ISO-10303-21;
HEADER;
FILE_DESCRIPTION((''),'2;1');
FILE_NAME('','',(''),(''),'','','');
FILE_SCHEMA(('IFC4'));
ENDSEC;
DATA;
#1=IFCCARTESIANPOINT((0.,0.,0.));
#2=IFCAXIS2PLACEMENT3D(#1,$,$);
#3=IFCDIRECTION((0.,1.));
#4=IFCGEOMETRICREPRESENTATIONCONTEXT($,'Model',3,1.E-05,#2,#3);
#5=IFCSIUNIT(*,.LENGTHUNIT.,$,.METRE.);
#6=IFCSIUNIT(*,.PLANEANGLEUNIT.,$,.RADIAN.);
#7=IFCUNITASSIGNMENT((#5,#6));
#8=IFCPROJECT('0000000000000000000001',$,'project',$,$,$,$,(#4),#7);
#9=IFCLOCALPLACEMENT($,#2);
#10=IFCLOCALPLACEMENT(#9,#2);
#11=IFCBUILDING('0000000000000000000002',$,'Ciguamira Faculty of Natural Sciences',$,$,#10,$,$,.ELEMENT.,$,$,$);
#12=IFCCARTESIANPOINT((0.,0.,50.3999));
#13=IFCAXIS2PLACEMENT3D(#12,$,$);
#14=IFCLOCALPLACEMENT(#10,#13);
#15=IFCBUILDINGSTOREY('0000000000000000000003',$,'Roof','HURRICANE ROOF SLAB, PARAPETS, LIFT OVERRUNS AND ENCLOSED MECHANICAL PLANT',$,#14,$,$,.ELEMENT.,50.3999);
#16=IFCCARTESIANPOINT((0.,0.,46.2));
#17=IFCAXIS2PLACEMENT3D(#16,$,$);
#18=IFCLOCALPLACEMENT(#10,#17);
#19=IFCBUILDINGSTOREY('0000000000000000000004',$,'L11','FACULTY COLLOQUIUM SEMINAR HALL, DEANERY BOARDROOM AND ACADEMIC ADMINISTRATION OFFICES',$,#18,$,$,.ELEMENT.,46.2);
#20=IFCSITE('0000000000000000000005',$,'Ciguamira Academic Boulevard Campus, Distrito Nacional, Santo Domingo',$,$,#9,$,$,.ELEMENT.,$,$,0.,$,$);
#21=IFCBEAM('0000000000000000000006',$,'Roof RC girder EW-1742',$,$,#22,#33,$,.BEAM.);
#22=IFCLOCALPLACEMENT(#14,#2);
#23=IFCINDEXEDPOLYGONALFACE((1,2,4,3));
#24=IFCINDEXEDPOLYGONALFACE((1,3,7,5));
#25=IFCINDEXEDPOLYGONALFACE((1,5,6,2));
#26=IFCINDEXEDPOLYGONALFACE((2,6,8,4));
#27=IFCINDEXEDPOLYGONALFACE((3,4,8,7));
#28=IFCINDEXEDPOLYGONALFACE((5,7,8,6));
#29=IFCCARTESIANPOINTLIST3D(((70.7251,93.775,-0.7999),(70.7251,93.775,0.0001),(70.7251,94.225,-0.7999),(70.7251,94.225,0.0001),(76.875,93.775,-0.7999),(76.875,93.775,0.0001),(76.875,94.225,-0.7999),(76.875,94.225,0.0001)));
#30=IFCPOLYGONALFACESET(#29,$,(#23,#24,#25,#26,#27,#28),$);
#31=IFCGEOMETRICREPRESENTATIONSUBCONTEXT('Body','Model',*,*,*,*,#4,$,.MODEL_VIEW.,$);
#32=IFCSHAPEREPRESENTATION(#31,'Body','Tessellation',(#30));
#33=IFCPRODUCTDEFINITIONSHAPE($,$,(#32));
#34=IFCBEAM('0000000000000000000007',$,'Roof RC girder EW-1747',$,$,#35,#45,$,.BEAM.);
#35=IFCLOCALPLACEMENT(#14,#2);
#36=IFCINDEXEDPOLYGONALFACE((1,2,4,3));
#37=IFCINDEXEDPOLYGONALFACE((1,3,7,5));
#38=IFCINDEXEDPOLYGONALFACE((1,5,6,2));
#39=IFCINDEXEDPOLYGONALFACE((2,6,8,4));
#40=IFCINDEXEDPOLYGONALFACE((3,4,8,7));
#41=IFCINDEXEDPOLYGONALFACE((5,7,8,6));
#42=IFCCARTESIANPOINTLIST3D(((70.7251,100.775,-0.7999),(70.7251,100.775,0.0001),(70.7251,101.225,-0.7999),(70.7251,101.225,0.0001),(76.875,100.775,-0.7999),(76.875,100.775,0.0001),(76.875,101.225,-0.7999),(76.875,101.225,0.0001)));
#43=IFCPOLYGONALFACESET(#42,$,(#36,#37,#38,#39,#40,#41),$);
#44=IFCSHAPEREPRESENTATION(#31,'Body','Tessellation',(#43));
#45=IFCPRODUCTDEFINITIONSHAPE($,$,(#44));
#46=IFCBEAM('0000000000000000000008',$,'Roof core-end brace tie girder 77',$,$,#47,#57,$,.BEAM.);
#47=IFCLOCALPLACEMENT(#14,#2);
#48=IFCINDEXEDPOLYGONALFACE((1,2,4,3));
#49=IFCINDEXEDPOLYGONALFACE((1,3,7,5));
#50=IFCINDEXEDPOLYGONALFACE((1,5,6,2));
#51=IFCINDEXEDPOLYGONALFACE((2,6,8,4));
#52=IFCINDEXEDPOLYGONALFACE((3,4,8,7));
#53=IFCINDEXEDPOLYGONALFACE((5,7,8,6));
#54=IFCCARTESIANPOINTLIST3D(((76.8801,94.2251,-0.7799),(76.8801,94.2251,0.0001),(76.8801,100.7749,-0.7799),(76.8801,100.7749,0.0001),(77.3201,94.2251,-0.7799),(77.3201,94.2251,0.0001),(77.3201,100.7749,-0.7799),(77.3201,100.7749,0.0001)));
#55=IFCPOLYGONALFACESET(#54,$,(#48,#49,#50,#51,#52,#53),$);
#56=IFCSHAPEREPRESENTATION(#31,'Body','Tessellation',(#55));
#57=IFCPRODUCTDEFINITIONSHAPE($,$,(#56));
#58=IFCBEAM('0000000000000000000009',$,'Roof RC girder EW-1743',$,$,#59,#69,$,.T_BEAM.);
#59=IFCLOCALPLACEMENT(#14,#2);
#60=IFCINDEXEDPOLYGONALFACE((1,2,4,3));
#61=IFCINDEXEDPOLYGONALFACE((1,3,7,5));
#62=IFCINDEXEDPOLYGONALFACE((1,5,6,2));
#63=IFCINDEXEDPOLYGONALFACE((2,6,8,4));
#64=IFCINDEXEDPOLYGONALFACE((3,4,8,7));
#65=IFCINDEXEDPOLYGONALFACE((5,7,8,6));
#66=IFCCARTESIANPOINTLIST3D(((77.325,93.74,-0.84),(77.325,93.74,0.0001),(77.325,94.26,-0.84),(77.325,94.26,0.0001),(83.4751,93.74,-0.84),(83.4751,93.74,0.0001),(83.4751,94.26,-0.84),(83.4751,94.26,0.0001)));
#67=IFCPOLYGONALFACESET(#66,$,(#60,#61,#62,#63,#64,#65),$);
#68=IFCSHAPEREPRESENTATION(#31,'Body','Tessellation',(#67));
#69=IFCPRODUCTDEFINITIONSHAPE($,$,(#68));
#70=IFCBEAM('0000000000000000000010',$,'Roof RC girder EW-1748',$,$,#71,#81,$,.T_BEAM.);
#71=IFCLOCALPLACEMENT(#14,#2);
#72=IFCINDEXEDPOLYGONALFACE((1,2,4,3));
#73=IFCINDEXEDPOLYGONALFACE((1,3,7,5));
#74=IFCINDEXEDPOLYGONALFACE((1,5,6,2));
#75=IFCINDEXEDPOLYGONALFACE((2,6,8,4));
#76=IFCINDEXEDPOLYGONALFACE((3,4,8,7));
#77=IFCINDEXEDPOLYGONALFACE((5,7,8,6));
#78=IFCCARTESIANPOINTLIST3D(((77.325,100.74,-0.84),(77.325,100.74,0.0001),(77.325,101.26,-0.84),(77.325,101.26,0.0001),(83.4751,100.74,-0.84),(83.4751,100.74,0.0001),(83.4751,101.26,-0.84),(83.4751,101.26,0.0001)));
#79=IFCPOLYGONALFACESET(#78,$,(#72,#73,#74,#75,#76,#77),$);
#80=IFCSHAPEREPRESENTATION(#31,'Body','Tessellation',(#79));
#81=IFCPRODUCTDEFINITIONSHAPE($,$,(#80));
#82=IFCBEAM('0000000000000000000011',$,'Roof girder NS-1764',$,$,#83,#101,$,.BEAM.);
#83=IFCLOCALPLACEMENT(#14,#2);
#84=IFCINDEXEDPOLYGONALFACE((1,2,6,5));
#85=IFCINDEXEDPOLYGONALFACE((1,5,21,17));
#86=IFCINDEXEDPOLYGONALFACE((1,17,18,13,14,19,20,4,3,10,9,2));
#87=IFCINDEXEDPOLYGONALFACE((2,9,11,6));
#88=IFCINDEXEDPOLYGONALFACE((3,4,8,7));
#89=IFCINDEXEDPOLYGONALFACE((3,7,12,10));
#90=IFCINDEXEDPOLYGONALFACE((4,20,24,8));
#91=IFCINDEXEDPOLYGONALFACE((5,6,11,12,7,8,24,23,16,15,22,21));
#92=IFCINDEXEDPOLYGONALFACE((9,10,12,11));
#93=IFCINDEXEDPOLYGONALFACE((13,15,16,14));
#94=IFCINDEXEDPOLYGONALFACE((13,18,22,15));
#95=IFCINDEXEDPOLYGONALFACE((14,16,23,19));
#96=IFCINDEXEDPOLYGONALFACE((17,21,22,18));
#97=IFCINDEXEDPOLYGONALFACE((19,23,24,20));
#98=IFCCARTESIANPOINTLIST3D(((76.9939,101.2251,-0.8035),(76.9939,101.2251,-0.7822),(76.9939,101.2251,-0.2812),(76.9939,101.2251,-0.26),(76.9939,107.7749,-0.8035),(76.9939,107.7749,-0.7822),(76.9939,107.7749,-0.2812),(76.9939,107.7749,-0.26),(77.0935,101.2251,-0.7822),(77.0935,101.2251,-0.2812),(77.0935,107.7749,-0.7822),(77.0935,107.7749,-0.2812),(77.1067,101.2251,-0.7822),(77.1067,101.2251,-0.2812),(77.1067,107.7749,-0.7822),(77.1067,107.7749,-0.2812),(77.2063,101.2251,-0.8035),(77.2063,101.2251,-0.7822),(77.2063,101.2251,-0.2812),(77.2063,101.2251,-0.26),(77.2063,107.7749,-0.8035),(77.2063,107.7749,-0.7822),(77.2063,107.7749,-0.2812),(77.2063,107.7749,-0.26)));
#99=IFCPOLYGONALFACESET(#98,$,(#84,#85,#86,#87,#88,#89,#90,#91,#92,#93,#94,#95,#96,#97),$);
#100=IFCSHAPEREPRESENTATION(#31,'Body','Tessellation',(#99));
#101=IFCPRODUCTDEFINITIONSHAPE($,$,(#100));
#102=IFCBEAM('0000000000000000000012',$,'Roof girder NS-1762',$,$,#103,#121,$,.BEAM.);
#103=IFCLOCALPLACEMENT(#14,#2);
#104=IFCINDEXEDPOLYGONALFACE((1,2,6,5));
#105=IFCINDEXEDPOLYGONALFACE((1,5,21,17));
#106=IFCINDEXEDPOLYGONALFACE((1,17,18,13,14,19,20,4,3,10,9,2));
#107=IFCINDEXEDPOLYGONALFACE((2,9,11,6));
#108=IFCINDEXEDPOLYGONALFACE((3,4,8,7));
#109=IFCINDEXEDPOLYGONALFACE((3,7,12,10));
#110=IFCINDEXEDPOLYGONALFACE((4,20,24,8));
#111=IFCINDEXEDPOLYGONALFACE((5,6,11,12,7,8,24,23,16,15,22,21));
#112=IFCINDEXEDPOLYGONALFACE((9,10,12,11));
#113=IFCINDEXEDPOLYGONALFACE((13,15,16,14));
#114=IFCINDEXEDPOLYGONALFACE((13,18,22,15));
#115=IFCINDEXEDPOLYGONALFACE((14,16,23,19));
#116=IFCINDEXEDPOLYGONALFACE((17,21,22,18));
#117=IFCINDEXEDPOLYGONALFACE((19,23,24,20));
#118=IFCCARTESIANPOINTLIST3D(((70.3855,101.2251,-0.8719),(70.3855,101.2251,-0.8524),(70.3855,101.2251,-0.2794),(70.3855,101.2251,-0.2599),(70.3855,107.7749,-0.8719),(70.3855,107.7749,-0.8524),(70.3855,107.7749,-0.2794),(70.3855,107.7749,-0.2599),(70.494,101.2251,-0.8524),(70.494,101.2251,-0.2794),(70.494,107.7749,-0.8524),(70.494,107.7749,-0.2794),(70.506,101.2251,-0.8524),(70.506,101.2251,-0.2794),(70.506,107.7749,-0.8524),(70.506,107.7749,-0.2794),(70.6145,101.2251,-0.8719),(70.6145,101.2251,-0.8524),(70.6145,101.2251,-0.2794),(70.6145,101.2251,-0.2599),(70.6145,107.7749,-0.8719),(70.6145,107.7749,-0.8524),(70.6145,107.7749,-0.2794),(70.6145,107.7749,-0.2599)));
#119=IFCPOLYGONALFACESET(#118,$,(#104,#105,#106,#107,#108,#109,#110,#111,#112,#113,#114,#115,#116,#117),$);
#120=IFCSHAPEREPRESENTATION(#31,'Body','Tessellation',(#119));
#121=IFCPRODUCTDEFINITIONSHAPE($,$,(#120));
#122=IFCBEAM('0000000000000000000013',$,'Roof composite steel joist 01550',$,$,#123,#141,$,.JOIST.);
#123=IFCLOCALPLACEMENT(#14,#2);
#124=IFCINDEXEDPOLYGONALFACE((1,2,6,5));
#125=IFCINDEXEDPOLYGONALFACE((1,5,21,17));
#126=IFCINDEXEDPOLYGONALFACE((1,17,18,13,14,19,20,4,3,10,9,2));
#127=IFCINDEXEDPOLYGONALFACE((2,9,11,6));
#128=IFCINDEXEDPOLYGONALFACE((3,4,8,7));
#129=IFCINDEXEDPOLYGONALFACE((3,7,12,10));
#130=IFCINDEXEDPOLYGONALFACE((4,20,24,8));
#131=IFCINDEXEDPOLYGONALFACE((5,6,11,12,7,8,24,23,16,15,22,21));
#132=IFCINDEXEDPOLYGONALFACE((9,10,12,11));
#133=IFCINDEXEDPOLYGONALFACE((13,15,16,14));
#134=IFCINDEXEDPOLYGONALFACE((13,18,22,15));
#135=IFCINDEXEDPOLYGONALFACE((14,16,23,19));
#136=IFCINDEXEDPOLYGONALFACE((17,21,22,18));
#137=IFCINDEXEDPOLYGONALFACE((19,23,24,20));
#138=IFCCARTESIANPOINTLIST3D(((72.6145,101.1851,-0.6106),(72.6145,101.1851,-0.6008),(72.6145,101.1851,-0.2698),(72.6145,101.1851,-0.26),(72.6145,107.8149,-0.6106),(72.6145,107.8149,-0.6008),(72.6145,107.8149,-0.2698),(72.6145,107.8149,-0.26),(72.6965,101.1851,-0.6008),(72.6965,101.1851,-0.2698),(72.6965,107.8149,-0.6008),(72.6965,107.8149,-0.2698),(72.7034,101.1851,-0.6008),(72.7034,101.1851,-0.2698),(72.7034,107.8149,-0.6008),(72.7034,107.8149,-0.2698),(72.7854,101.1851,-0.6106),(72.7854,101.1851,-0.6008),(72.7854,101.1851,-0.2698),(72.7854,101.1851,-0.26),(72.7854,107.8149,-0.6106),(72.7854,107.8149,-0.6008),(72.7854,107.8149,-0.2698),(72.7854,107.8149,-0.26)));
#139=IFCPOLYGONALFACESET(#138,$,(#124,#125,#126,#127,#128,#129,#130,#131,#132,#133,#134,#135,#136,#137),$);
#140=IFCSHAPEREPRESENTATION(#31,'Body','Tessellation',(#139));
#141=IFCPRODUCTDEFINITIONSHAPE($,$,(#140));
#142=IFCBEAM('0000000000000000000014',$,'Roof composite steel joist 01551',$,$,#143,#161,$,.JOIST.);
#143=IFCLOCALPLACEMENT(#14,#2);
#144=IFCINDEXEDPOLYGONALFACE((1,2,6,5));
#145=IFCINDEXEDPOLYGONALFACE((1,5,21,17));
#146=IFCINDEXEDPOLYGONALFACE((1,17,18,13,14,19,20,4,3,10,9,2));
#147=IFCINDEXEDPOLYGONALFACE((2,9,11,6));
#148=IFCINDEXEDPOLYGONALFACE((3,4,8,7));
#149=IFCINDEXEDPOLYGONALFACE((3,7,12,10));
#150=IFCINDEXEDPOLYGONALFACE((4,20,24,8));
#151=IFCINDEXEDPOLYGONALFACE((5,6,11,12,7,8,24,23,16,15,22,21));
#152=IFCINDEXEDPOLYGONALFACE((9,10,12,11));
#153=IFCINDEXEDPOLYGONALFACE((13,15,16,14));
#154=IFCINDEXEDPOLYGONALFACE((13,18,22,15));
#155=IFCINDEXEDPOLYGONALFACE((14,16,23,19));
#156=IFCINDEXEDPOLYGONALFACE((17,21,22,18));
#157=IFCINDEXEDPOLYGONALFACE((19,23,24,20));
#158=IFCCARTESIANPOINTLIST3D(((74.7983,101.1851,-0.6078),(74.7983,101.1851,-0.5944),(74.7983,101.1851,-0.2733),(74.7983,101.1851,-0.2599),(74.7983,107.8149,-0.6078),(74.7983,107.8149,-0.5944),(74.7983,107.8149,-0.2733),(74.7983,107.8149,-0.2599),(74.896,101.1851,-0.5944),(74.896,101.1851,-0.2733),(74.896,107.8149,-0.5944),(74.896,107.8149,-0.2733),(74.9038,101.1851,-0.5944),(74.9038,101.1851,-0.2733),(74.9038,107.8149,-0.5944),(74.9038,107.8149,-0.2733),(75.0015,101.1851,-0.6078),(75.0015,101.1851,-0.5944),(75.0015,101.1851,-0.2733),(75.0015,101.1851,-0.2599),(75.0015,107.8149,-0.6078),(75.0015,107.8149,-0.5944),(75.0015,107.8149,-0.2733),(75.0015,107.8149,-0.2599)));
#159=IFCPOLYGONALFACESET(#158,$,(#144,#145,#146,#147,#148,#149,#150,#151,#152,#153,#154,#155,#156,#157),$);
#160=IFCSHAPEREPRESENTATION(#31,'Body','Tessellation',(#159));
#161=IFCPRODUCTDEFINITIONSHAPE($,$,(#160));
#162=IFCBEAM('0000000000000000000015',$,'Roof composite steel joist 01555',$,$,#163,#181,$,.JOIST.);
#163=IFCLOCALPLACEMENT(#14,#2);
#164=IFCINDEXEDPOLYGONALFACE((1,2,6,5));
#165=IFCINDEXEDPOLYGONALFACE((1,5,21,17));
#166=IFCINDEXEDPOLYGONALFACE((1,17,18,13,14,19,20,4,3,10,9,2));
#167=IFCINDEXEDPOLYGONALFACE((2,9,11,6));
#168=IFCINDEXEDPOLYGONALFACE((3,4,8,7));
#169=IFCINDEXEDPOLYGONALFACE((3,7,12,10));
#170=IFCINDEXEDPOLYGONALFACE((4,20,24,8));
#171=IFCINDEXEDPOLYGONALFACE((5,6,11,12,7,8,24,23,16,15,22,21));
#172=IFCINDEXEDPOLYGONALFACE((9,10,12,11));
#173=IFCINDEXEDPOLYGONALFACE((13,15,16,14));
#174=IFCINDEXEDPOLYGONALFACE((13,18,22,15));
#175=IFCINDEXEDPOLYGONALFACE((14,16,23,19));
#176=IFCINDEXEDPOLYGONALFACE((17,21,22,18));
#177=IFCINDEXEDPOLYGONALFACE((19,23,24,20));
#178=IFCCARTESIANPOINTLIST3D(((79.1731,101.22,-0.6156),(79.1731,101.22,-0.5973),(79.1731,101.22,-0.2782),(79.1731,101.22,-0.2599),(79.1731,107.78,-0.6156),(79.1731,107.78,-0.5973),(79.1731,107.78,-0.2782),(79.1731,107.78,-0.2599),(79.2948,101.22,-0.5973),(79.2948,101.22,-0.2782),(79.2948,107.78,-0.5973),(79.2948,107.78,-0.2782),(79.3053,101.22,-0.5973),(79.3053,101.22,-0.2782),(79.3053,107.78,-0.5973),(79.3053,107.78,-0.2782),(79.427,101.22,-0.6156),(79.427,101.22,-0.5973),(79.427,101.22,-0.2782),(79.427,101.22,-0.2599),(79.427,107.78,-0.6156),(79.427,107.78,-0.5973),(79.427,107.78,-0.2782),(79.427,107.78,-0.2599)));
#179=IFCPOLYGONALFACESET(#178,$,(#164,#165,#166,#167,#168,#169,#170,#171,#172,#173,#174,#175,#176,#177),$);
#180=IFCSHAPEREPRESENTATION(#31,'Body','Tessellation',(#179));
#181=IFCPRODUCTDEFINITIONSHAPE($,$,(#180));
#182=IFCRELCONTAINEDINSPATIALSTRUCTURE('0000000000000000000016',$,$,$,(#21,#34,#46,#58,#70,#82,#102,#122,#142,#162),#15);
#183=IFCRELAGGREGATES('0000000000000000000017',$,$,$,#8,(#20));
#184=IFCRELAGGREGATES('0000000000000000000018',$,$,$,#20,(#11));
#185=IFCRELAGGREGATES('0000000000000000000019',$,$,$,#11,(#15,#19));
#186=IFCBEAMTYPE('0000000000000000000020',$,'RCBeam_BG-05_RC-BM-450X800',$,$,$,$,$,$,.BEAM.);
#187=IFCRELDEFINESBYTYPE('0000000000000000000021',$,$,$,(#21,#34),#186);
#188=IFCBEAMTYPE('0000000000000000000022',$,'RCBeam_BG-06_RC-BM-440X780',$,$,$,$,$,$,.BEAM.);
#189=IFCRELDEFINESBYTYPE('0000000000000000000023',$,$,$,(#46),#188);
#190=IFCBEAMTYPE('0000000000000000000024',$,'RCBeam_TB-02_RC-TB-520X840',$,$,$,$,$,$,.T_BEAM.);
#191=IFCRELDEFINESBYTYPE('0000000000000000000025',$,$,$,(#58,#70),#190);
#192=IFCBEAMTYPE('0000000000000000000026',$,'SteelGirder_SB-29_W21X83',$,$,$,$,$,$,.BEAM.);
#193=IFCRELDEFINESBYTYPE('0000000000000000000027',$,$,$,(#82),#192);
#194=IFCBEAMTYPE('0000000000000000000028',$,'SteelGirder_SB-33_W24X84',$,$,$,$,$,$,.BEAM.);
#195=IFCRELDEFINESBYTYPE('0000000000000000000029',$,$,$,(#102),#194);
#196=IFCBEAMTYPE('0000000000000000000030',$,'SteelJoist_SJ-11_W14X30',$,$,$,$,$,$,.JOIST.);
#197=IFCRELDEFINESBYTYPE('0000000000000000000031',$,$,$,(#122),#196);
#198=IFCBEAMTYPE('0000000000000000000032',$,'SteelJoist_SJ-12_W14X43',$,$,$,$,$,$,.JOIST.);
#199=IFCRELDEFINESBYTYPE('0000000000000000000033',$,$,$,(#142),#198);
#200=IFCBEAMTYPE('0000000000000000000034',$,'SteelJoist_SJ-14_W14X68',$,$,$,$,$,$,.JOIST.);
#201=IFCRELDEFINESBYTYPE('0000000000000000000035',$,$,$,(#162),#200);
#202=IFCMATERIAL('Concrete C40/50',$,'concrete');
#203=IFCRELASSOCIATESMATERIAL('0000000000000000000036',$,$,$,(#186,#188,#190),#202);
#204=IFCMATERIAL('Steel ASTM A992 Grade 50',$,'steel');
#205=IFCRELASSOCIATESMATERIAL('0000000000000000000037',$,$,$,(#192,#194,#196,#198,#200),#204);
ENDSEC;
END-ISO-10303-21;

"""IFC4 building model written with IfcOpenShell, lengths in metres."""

from ifc_helpers import new_model, si_unit, direction, frame, origin, origin_2d, place, context, subcontext, project, spatial, rectangle, i_section, extrude, material, material_profile, profile_set, type_object, element, save


model = new_model("IFC4")

# Units and contexts
model_context = context("Model", 3, precision=1e-05, world=origin(), true_north=direction((0.0, 1.0)))
body_context = subcontext(model_context, "Body", "Model", "MODEL_VIEW")
ifc_project = project(units=[si_unit("LENGTHUNIT", "METRE"), si_unit("PLANEANGLEUNIT", "RADIAN")], contexts=[model_context])

# Site, building, storey
site_placement = place(None, origin())
site = spatial("IfcSite", under=ifc_project, at=site_placement, Name="Ciguamira Academic Boulevard Campus, Distrito Nacional, Santo Domingo", CompositionType="ELEMENT", RefElevation=0.0)
building_placement = place(site_placement, origin())
building = spatial("IfcBuilding", under=site, at=building_placement, Name="Ciguamira Faculty of Natural Sciences", CompositionType="ELEMENT")
storey_1_placement = place(building_placement, frame((0.0, 0.0, 50.3999)))
storey_1 = spatial("IfcBuildingStorey", under=building, at=storey_1_placement, Name="Roof", Description="HURRICANE ROOF SLAB, PARAPETS, LIFT OVERRUNS AND ENCLOSED MECHANICAL PLANT", CompositionType="ELEMENT", Elevation=50.3999)

# Beams
ifc_material_1 = material(Name="Concrete C40/50", Category="concrete")
ifc_material_profile_1 = material_profile(ifc_material_1, rectangle(XDim=0.45, YDim=0.8, at=origin_2d()), Name="RC-BM-450X800")
ifc_profile_set_1 = profile_set([ifc_material_profile_1], Name="Concrete C40/50")
beam_type_1 = type_object("IfcBeamType", Name="RCBeam_BG-05_RC-BM-450X800", PredefinedType="BEAM", material=ifc_profile_set_1)
for number, where, z_axis, x_axis, name in (
    (1, (70.7251, 94.0, -0.3999), (1.0, 0.0, 0.0), (0.0, 1.0, 0.0), "Roof RC girder EW-1742"),
    (2, (70.7251, 101.0, -0.3999), (1.0, 0.0, 0.0), (0.0, 1.0, 0.0), "Roof RC girder EW-1747"),
):
    element("IfcBeam", number, at=place(storey_1_placement, frame(where, z_axis=z_axis, x_axis=x_axis)), inside=storey_1, type_object=beam_type_1, Name=name, PredefinedType="BEAM", context=body_context, shape_type="SweptSolid", body=[
        extrude(rectangle(XDim=0.45, YDim=0.8, at=origin_2d()), origin(), (0.0, 0.0, 1.0), 6.1499),
    ])
ifc_material_profile_2 = material_profile(ifc_material_1, rectangle(XDim=0.4399, YDim=0.78, at=origin_2d()), Name="RC-BM-440X780")
ifc_profile_set_2 = profile_set([ifc_material_profile_2], Name="Concrete C40/50")
beam_type_2 = type_object("IfcBeamType", Name="RCBeam_BG-06_RC-BM-440X780", PredefinedType="BEAM", material=ifc_profile_set_2)
beam_1_placement = place(storey_1_placement, frame((77.1001, 94.2251, -0.3899), z_axis=(0.0, 1.0, 0.0), x_axis=(-1.0, 0.0, 0.0)))
element("IfcBeam", 3, at=beam_1_placement, inside=storey_1, type_object=beam_type_2, Name="Roof core-end brace tie girder 77", PredefinedType="BEAM", context=body_context, shape_type="SweptSolid", body=[
    extrude(rectangle(XDim=0.4399, YDim=0.78, at=origin_2d()), origin(), (0.0, 0.0, 1.0), 6.5498),
])
ifc_material_profile_3 = material_profile(ifc_material_1, rectangle(XDim=0.52, YDim=0.8401, at=origin_2d()), Name="RC-TB-520X840")
ifc_profile_set_3 = profile_set([ifc_material_profile_3], Name="Concrete C40/50")
beam_type_3 = type_object("IfcBeamType", Name="RCBeam_TB-02_RC-TB-520X840", PredefinedType="T_BEAM", material=ifc_profile_set_3)
for number, where, z_axis, x_axis, name in (
    (4, (77.325, 94.0, -0.4199), (1.0, 0.0, 0.0), (0.0, 1.0, 0.0), "Roof RC girder EW-1743"),
    (5, (77.325, 101.0, -0.4199), (1.0, 0.0, 0.0), (0.0, 1.0, 0.0), "Roof RC girder EW-1748"),
):
    element("IfcBeam", number, at=place(storey_1_placement, frame(where, z_axis=z_axis, x_axis=x_axis)), inside=storey_1, type_object=beam_type_3, Name=name, PredefinedType="T_BEAM", context=body_context, shape_type="SweptSolid", body=[
        extrude(rectangle(XDim=0.52, YDim=0.8401, at=origin_2d()), origin(), (0.0, 0.0, 1.0), 6.1501),
    ])
ifc_material_2 = material(Name="Steel ASTM A992 Grade 50", Category="steel")
ifc_material_profile_4 = material_profile(ifc_material_2, i_section(OverallWidth=0.2124, OverallDepth=0.5435, WebThickness=0.0132, FlangeThickness=0.0212, at=origin_2d()), Name="W21X83")
ifc_profile_set_4 = profile_set([ifc_material_profile_4], Name="Steel ASTM A992 Grade 50")
beam_type_4 = type_object("IfcBeamType", Name="SteelGirder_SB-29_W21X83", PredefinedType="BEAM", material=ifc_profile_set_4)
beam_2_placement = place(storey_1_placement, frame((77.1001, 101.2251, -0.5317), z_axis=(0.0, 1.0, 0.0), x_axis=(-1.0, 0.0, 0.0)))
element("IfcBeam", 6, at=beam_2_placement, inside=storey_1, type_object=beam_type_4, Name="Roof girder NS-1764", PredefinedType="BEAM", context=body_context, shape_type="SweptSolid", body=[
    extrude(i_section(OverallWidth=0.2124, OverallDepth=0.5435, WebThickness=0.0132, FlangeThickness=0.0212, at=origin_2d()), origin(), (0.0, 0.0, 1.0), 6.5498),
])
ifc_material_profile_5 = material_profile(ifc_material_2, i_section(OverallWidth=0.229, OverallDepth=0.6121, WebThickness=0.012, FlangeThickness=0.0195, at=origin_2d()), Name="W24X84")
ifc_profile_set_5 = profile_set([ifc_material_profile_5], Name="Steel ASTM A992 Grade 50")
beam_type_5 = type_object("IfcBeamType", Name="SteelGirder_SB-33_W24X84", PredefinedType="BEAM", material=ifc_profile_set_5)
beam_3_placement = place(storey_1_placement, frame((70.5, 101.2251, -0.5659), z_axis=(0.0, 1.0, 0.0), x_axis=(-1.0, 0.0, 0.0)))
element("IfcBeam", 7, at=beam_3_placement, inside=storey_1, type_object=beam_type_5, Name="Roof girder NS-1762", PredefinedType="BEAM", context=body_context, shape_type="SweptSolid", body=[
    extrude(i_section(OverallWidth=0.229, OverallDepth=0.6121, WebThickness=0.012, FlangeThickness=0.0195, at=origin_2d()), origin(), (0.0, 0.0, 1.0), 6.5498),
])
ifc_material_profile_6 = material_profile(ifc_material_2, i_section(OverallWidth=0.1709, OverallDepth=0.3506, WebThickness=0.0068, FlangeThickness=0.0098, at=origin_2d()), Name="W14X30")
ifc_profile_set_6 = profile_set([ifc_material_profile_6], Name="Steel ASTM A992 Grade 50")
beam_type_6 = type_object("IfcBeamType", Name="SteelJoist_SJ-11_W14X30", PredefinedType="JOIST", material=ifc_profile_set_6)
beam_4_placement = place(storey_1_placement, frame((72.7, 101.1851, -0.4353), z_axis=(0.0, 1.0, 0.0), x_axis=(-1.0, 0.0, 0.0)))
element("IfcBeam", 8, at=beam_4_placement, inside=storey_1, type_object=beam_type_6, Name="Roof composite steel joist 01550", PredefinedType="JOIST", context=body_context, shape_type="SweptSolid", body=[
    extrude(i_section(OverallWidth=0.1709, OverallDepth=0.3506, WebThickness=0.0068, FlangeThickness=0.0098, at=origin_2d()), origin(), (0.0, 0.0, 1.0), 6.6299),
])
ifc_material_profile_7 = material_profile(ifc_material_2, i_section(OverallWidth=0.2031, OverallDepth=0.3479, WebThickness=0.0078, FlangeThickness=0.0134, at=origin_2d()), Name="W14X43")
ifc_profile_set_7 = profile_set([ifc_material_profile_7], Name="Steel ASTM A992 Grade 50")
beam_type_7 = type_object("IfcBeamType", Name="SteelJoist_SJ-12_W14X43", PredefinedType="JOIST", material=ifc_profile_set_7)
beam_5_placement = place(storey_1_placement, frame((74.8999, 101.1851, -0.4338), z_axis=(0.0, 1.0, 0.0), x_axis=(-1.0, 0.0, 0.0)))
element("IfcBeam", 9, at=beam_5_placement, inside=storey_1, type_object=beam_type_7, Name="Roof composite steel joist 01551", PredefinedType="JOIST", context=body_context, shape_type="SweptSolid", body=[
    extrude(i_section(OverallWidth=0.2031, OverallDepth=0.3479, WebThickness=0.0078, FlangeThickness=0.0134, at=origin_2d()), origin(), (0.0, 0.0, 1.0), 6.6299),
])
ifc_material_profile_8 = material_profile(ifc_material_2, i_section(OverallWidth=0.2539, OverallDepth=0.3557, WebThickness=0.0105, FlangeThickness=0.0183, at=origin_2d()), Name="W14X68")
ifc_profile_set_8 = profile_set([ifc_material_profile_8], Name="Steel ASTM A992 Grade 50")
beam_type_8 = type_object("IfcBeamType", Name="SteelJoist_SJ-14_W14X68", PredefinedType="JOIST", material=ifc_profile_set_8)
beam_6_placement = place(storey_1_placement, frame((79.3, 101.22, -0.4377), z_axis=(0.0, 1.0, 0.0), x_axis=(-1.0, 0.0, 0.0)))
element("IfcBeam", 10, at=beam_6_placement, inside=storey_1, type_object=beam_type_8, Name="Roof composite steel joist 01555", PredefinedType="JOIST", context=body_context, shape_type="SweptSolid", body=[
    extrude(i_section(OverallWidth=0.2539, OverallDepth=0.3557, WebThickness=0.0105, FlangeThickness=0.0183, at=origin_2d()), origin(), (0.0, 0.0, 1.0), 6.5601),
])

# Shared definitions
storey_2_placement = place(building_placement, frame((0.0, 0.0, 46.2)))
storey_2 = spatial("IfcBuildingStorey", under=building, at=storey_2_placement, Name="L11", Description="FACULTY COLLOQUIUM SEMINAR HALL, DEANERY BOARDROOM AND ACADEMIC ADMINISTRATION OFFICES", CompositionType="ELEMENT", Elevation=46.2)

save(model, "model.ifc")
